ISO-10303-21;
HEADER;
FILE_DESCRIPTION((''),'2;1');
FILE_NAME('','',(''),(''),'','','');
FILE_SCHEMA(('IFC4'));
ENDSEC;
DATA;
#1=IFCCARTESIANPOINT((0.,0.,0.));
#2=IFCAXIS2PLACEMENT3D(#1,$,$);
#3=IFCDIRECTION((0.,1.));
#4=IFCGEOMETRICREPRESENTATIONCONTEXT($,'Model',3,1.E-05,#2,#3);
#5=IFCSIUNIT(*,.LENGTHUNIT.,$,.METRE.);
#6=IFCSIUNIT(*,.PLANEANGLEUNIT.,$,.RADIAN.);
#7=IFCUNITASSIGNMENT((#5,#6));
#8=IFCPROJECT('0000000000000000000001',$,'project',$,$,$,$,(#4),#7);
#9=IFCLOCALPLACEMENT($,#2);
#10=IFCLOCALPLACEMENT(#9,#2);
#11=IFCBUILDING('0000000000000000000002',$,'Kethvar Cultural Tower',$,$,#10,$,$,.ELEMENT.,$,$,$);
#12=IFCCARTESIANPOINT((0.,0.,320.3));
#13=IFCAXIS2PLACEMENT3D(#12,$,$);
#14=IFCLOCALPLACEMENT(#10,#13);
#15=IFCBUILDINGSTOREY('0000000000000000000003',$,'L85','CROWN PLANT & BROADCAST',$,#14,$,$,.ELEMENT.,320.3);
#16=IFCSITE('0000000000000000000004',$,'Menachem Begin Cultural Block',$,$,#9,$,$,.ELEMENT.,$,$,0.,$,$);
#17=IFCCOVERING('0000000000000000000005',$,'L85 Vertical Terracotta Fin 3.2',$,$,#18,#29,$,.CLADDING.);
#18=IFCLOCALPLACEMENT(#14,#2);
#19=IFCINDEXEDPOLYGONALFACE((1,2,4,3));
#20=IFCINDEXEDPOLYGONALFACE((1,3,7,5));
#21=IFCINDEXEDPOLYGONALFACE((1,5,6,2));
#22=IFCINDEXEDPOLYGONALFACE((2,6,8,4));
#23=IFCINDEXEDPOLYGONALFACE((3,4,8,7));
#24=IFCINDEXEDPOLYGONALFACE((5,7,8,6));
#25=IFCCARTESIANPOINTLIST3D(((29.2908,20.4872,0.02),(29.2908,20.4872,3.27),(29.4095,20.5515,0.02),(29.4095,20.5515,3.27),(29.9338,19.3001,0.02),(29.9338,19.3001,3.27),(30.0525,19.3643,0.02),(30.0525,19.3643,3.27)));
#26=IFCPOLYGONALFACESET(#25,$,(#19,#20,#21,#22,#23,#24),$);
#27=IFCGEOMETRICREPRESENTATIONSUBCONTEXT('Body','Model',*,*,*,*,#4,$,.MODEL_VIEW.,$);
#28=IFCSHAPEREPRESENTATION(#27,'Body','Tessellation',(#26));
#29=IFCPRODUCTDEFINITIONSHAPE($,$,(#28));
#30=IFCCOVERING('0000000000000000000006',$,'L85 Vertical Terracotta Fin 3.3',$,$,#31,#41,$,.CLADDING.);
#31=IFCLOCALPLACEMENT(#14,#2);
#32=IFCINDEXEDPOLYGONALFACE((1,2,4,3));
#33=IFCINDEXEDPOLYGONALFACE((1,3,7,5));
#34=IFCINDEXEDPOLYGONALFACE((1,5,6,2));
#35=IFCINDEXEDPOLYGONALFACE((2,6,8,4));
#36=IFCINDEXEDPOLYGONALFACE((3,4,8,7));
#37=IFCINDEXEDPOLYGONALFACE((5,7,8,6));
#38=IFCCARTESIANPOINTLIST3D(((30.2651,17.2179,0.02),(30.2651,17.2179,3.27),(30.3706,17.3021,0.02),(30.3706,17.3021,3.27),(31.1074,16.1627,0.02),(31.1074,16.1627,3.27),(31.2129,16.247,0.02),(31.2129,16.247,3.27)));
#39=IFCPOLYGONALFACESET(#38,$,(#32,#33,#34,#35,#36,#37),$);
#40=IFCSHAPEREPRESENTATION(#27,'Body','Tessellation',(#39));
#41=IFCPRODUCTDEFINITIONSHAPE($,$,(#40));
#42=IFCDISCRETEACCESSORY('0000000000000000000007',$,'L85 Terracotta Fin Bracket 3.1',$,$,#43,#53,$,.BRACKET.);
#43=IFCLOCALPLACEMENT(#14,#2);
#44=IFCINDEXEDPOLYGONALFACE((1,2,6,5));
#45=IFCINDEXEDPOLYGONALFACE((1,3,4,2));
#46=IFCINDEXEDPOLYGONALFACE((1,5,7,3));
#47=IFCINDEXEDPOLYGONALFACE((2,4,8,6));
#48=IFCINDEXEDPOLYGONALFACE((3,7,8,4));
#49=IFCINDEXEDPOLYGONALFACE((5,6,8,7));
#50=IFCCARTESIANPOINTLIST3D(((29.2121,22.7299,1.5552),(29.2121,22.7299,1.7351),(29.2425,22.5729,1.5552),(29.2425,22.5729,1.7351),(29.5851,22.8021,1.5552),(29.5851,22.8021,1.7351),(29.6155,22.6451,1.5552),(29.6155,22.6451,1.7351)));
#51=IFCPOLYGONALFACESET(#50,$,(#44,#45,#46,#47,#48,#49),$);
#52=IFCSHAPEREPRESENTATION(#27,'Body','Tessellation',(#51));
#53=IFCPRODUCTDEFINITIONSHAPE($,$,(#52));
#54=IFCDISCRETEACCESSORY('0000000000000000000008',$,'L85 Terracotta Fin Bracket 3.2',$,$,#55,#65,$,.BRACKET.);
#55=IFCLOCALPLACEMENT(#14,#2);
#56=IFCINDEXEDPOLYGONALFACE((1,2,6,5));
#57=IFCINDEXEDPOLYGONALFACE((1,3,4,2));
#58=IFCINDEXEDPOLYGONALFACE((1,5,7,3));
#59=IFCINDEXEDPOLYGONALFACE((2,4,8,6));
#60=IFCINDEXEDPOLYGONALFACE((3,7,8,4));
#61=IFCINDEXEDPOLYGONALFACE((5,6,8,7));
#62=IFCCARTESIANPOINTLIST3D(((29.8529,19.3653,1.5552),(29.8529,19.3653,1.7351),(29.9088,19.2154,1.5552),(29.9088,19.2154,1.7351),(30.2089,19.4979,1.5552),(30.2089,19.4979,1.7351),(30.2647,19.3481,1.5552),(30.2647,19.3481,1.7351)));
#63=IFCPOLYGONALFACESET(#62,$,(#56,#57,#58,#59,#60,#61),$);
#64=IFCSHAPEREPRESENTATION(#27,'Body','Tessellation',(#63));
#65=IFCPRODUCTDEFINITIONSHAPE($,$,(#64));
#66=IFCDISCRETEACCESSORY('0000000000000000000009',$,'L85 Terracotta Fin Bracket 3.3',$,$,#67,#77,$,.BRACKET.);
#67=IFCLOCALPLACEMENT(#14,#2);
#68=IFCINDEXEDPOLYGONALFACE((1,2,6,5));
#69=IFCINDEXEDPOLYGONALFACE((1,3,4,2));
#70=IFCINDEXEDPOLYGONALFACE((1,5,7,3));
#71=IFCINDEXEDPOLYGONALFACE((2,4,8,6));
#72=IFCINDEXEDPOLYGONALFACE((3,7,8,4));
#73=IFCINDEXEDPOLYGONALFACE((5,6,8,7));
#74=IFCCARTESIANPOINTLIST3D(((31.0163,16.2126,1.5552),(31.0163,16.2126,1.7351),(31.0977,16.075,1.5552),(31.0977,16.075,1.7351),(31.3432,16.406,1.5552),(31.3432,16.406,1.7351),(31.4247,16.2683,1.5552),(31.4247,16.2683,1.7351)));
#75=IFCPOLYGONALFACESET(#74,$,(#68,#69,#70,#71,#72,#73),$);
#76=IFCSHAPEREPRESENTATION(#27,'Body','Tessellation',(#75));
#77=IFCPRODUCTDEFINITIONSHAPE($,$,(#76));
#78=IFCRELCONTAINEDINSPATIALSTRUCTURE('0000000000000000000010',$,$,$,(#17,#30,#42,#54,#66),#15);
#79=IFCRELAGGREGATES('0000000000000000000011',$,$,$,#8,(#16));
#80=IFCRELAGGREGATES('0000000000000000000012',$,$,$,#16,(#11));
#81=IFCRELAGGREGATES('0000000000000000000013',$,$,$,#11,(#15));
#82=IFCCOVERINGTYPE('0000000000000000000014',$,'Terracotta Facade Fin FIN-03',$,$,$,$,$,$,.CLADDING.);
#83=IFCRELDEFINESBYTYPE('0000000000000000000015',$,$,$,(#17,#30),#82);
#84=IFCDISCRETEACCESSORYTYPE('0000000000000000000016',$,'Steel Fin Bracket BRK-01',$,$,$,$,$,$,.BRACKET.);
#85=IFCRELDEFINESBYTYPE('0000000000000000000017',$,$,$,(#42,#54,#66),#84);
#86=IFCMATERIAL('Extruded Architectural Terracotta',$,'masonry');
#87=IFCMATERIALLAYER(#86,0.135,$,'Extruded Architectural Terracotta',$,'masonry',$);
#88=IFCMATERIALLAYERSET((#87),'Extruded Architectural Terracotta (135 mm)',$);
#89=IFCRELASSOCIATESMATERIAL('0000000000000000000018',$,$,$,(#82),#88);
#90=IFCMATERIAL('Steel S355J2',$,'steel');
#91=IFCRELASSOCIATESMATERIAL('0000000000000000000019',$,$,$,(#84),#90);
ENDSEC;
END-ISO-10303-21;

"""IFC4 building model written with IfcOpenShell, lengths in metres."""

from ifc_helpers import new_model, si_unit, direction, frame, origin, origin_2d, place, context, subcontext, project, spatial, rectangle, extrude, source, transform, mapped, material, layer, layer_set, type_object, element, save


model = new_model("IFC4")

# Units and contexts
model_context = context("Model", 3, precision=1e-05, world=origin(), true_north=direction((0.0, 1.0)))
body_context = subcontext(model_context, "Body", "Model", "MODEL_VIEW")
ifc_project = project(units=[si_unit("LENGTHUNIT", "METRE"), si_unit("PLANEANGLEUNIT", "RADIAN")], contexts=[model_context])

# Site, building, storey
site_placement = place(None, origin())
site = spatial("IfcSite", under=ifc_project, at=site_placement, Name="Menachem Begin Cultural Block", CompositionType="ELEMENT", RefElevation=0.0)
building_placement = place(site_placement, origin())
building = spatial("IfcBuilding", under=site, at=building_placement, Name="Kethvar Cultural Tower", CompositionType="ELEMENT")
storey_placement = place(building_placement, frame((0.0, 0.0, 320.3)))
storey = spatial("IfcBuildingStorey", under=building, at=storey_placement, Name="L85", Description="CROWN PLANT & BROADCAST", CompositionType="ELEMENT", Elevation=320.3)

# Shared definitions
ifc_material_1 = material(Name="Steel S355J2", Category="steel")

# Coverings
ifc_material_2 = material(Name="Extruded Architectural Terracotta", Category="masonry")
ifc_layer_1 = layer(ifc_material_2, 0.135, Name="Extruded Architectural Terracotta", Category="masonry")
ifc_layer_set_1 = layer_set([ifc_layer_1], Name="Extruded Architectural Terracotta (135 mm)")
covering_type = type_object("IfcCoveringType", Name="Terracotta Facade Fin FIN-03", PredefinedType="CLADDING", material=ifc_layer_set_1)
shared_shape_1 = source(origin(), body_context, "Body", "SweptSolid", [
    extrude(rectangle(XDim=1.3501, YDim=0.135, at=origin_2d()), origin(), (0.0, 0.0, 1.0), 3.25),
])
for number, where, z_axis, x_axis, name in (
    (1, (29.6716, 19.9258, 0.02), (0.0, 0.0, 1.0), (-0.476238, 0.879316, 0.0), "L85 Vertical Terracotta Fin 3.2"),
    (2, (30.739, 16.7324, 0.02), (0.0, 0.0, 1.0), (-0.62388, 0.78152, 0.0), "L85 Vertical Terracotta Fin 3.3"),
):
    element("IfcCovering", number, at=place(storey_placement, frame(where, z_axis=z_axis, x_axis=x_axis)), inside=storey, type_object=covering_type, Name=name, PredefinedType="CLADDING", context=body_context, shape_type="MappedRepresentation", body=[
        mapped(shared_shape_1, transform((0.0, 0.0, 0.0), scale=1.0)),
    ])

# Discrete accessories
discrete_accessory_type = type_object("IfcDiscreteAccessoryType", Name="Steel Fin Bracket BRK-01", PredefinedType="BRACKET", material=ifc_material_1)
shared_shape_2 = source(origin(), body_context, "Body", "SweptSolid", [
    extrude(rectangle(XDim=0.3799, YDim=0.1599, at=origin_2d()), origin(), (0.0, 0.0, 1.0), 0.1799),
])
for number, where, z_axis, x_axis, name in (
    (3, (29.4138, 22.6875, 1.5552), (0.0, 0.0, 1.0), (-0.98176, -0.190124, 0.0), "L85 Terracotta Fin Bracket 3.1"),
    (4, (30.0588, 19.3567, 1.5552), (0.0, 0.0, 1.0), (-0.937038, -0.349226, 0.0), "L85 Terracotta Fin Bracket 3.2"),
    (5, (31.2205, 16.2405, 1.5552), (0.0, 0.0, 1.0), (-0.860742, -0.509041, 0.0), "L85 Terracotta Fin Bracket 3.3"),
):
    element("IfcDiscreteAccessory", number, at=place(storey_placement, frame(where, z_axis=z_axis, x_axis=x_axis)), inside=storey, type_object=discrete_accessory_type, Name=name, PredefinedType="BRACKET", context=body_context, shape_type="MappedRepresentation", body=[
        mapped(shared_shape_2, transform((0.0, 0.0, 0.0), scale=1.0)),
    ])

save(model, "model.ifc")
